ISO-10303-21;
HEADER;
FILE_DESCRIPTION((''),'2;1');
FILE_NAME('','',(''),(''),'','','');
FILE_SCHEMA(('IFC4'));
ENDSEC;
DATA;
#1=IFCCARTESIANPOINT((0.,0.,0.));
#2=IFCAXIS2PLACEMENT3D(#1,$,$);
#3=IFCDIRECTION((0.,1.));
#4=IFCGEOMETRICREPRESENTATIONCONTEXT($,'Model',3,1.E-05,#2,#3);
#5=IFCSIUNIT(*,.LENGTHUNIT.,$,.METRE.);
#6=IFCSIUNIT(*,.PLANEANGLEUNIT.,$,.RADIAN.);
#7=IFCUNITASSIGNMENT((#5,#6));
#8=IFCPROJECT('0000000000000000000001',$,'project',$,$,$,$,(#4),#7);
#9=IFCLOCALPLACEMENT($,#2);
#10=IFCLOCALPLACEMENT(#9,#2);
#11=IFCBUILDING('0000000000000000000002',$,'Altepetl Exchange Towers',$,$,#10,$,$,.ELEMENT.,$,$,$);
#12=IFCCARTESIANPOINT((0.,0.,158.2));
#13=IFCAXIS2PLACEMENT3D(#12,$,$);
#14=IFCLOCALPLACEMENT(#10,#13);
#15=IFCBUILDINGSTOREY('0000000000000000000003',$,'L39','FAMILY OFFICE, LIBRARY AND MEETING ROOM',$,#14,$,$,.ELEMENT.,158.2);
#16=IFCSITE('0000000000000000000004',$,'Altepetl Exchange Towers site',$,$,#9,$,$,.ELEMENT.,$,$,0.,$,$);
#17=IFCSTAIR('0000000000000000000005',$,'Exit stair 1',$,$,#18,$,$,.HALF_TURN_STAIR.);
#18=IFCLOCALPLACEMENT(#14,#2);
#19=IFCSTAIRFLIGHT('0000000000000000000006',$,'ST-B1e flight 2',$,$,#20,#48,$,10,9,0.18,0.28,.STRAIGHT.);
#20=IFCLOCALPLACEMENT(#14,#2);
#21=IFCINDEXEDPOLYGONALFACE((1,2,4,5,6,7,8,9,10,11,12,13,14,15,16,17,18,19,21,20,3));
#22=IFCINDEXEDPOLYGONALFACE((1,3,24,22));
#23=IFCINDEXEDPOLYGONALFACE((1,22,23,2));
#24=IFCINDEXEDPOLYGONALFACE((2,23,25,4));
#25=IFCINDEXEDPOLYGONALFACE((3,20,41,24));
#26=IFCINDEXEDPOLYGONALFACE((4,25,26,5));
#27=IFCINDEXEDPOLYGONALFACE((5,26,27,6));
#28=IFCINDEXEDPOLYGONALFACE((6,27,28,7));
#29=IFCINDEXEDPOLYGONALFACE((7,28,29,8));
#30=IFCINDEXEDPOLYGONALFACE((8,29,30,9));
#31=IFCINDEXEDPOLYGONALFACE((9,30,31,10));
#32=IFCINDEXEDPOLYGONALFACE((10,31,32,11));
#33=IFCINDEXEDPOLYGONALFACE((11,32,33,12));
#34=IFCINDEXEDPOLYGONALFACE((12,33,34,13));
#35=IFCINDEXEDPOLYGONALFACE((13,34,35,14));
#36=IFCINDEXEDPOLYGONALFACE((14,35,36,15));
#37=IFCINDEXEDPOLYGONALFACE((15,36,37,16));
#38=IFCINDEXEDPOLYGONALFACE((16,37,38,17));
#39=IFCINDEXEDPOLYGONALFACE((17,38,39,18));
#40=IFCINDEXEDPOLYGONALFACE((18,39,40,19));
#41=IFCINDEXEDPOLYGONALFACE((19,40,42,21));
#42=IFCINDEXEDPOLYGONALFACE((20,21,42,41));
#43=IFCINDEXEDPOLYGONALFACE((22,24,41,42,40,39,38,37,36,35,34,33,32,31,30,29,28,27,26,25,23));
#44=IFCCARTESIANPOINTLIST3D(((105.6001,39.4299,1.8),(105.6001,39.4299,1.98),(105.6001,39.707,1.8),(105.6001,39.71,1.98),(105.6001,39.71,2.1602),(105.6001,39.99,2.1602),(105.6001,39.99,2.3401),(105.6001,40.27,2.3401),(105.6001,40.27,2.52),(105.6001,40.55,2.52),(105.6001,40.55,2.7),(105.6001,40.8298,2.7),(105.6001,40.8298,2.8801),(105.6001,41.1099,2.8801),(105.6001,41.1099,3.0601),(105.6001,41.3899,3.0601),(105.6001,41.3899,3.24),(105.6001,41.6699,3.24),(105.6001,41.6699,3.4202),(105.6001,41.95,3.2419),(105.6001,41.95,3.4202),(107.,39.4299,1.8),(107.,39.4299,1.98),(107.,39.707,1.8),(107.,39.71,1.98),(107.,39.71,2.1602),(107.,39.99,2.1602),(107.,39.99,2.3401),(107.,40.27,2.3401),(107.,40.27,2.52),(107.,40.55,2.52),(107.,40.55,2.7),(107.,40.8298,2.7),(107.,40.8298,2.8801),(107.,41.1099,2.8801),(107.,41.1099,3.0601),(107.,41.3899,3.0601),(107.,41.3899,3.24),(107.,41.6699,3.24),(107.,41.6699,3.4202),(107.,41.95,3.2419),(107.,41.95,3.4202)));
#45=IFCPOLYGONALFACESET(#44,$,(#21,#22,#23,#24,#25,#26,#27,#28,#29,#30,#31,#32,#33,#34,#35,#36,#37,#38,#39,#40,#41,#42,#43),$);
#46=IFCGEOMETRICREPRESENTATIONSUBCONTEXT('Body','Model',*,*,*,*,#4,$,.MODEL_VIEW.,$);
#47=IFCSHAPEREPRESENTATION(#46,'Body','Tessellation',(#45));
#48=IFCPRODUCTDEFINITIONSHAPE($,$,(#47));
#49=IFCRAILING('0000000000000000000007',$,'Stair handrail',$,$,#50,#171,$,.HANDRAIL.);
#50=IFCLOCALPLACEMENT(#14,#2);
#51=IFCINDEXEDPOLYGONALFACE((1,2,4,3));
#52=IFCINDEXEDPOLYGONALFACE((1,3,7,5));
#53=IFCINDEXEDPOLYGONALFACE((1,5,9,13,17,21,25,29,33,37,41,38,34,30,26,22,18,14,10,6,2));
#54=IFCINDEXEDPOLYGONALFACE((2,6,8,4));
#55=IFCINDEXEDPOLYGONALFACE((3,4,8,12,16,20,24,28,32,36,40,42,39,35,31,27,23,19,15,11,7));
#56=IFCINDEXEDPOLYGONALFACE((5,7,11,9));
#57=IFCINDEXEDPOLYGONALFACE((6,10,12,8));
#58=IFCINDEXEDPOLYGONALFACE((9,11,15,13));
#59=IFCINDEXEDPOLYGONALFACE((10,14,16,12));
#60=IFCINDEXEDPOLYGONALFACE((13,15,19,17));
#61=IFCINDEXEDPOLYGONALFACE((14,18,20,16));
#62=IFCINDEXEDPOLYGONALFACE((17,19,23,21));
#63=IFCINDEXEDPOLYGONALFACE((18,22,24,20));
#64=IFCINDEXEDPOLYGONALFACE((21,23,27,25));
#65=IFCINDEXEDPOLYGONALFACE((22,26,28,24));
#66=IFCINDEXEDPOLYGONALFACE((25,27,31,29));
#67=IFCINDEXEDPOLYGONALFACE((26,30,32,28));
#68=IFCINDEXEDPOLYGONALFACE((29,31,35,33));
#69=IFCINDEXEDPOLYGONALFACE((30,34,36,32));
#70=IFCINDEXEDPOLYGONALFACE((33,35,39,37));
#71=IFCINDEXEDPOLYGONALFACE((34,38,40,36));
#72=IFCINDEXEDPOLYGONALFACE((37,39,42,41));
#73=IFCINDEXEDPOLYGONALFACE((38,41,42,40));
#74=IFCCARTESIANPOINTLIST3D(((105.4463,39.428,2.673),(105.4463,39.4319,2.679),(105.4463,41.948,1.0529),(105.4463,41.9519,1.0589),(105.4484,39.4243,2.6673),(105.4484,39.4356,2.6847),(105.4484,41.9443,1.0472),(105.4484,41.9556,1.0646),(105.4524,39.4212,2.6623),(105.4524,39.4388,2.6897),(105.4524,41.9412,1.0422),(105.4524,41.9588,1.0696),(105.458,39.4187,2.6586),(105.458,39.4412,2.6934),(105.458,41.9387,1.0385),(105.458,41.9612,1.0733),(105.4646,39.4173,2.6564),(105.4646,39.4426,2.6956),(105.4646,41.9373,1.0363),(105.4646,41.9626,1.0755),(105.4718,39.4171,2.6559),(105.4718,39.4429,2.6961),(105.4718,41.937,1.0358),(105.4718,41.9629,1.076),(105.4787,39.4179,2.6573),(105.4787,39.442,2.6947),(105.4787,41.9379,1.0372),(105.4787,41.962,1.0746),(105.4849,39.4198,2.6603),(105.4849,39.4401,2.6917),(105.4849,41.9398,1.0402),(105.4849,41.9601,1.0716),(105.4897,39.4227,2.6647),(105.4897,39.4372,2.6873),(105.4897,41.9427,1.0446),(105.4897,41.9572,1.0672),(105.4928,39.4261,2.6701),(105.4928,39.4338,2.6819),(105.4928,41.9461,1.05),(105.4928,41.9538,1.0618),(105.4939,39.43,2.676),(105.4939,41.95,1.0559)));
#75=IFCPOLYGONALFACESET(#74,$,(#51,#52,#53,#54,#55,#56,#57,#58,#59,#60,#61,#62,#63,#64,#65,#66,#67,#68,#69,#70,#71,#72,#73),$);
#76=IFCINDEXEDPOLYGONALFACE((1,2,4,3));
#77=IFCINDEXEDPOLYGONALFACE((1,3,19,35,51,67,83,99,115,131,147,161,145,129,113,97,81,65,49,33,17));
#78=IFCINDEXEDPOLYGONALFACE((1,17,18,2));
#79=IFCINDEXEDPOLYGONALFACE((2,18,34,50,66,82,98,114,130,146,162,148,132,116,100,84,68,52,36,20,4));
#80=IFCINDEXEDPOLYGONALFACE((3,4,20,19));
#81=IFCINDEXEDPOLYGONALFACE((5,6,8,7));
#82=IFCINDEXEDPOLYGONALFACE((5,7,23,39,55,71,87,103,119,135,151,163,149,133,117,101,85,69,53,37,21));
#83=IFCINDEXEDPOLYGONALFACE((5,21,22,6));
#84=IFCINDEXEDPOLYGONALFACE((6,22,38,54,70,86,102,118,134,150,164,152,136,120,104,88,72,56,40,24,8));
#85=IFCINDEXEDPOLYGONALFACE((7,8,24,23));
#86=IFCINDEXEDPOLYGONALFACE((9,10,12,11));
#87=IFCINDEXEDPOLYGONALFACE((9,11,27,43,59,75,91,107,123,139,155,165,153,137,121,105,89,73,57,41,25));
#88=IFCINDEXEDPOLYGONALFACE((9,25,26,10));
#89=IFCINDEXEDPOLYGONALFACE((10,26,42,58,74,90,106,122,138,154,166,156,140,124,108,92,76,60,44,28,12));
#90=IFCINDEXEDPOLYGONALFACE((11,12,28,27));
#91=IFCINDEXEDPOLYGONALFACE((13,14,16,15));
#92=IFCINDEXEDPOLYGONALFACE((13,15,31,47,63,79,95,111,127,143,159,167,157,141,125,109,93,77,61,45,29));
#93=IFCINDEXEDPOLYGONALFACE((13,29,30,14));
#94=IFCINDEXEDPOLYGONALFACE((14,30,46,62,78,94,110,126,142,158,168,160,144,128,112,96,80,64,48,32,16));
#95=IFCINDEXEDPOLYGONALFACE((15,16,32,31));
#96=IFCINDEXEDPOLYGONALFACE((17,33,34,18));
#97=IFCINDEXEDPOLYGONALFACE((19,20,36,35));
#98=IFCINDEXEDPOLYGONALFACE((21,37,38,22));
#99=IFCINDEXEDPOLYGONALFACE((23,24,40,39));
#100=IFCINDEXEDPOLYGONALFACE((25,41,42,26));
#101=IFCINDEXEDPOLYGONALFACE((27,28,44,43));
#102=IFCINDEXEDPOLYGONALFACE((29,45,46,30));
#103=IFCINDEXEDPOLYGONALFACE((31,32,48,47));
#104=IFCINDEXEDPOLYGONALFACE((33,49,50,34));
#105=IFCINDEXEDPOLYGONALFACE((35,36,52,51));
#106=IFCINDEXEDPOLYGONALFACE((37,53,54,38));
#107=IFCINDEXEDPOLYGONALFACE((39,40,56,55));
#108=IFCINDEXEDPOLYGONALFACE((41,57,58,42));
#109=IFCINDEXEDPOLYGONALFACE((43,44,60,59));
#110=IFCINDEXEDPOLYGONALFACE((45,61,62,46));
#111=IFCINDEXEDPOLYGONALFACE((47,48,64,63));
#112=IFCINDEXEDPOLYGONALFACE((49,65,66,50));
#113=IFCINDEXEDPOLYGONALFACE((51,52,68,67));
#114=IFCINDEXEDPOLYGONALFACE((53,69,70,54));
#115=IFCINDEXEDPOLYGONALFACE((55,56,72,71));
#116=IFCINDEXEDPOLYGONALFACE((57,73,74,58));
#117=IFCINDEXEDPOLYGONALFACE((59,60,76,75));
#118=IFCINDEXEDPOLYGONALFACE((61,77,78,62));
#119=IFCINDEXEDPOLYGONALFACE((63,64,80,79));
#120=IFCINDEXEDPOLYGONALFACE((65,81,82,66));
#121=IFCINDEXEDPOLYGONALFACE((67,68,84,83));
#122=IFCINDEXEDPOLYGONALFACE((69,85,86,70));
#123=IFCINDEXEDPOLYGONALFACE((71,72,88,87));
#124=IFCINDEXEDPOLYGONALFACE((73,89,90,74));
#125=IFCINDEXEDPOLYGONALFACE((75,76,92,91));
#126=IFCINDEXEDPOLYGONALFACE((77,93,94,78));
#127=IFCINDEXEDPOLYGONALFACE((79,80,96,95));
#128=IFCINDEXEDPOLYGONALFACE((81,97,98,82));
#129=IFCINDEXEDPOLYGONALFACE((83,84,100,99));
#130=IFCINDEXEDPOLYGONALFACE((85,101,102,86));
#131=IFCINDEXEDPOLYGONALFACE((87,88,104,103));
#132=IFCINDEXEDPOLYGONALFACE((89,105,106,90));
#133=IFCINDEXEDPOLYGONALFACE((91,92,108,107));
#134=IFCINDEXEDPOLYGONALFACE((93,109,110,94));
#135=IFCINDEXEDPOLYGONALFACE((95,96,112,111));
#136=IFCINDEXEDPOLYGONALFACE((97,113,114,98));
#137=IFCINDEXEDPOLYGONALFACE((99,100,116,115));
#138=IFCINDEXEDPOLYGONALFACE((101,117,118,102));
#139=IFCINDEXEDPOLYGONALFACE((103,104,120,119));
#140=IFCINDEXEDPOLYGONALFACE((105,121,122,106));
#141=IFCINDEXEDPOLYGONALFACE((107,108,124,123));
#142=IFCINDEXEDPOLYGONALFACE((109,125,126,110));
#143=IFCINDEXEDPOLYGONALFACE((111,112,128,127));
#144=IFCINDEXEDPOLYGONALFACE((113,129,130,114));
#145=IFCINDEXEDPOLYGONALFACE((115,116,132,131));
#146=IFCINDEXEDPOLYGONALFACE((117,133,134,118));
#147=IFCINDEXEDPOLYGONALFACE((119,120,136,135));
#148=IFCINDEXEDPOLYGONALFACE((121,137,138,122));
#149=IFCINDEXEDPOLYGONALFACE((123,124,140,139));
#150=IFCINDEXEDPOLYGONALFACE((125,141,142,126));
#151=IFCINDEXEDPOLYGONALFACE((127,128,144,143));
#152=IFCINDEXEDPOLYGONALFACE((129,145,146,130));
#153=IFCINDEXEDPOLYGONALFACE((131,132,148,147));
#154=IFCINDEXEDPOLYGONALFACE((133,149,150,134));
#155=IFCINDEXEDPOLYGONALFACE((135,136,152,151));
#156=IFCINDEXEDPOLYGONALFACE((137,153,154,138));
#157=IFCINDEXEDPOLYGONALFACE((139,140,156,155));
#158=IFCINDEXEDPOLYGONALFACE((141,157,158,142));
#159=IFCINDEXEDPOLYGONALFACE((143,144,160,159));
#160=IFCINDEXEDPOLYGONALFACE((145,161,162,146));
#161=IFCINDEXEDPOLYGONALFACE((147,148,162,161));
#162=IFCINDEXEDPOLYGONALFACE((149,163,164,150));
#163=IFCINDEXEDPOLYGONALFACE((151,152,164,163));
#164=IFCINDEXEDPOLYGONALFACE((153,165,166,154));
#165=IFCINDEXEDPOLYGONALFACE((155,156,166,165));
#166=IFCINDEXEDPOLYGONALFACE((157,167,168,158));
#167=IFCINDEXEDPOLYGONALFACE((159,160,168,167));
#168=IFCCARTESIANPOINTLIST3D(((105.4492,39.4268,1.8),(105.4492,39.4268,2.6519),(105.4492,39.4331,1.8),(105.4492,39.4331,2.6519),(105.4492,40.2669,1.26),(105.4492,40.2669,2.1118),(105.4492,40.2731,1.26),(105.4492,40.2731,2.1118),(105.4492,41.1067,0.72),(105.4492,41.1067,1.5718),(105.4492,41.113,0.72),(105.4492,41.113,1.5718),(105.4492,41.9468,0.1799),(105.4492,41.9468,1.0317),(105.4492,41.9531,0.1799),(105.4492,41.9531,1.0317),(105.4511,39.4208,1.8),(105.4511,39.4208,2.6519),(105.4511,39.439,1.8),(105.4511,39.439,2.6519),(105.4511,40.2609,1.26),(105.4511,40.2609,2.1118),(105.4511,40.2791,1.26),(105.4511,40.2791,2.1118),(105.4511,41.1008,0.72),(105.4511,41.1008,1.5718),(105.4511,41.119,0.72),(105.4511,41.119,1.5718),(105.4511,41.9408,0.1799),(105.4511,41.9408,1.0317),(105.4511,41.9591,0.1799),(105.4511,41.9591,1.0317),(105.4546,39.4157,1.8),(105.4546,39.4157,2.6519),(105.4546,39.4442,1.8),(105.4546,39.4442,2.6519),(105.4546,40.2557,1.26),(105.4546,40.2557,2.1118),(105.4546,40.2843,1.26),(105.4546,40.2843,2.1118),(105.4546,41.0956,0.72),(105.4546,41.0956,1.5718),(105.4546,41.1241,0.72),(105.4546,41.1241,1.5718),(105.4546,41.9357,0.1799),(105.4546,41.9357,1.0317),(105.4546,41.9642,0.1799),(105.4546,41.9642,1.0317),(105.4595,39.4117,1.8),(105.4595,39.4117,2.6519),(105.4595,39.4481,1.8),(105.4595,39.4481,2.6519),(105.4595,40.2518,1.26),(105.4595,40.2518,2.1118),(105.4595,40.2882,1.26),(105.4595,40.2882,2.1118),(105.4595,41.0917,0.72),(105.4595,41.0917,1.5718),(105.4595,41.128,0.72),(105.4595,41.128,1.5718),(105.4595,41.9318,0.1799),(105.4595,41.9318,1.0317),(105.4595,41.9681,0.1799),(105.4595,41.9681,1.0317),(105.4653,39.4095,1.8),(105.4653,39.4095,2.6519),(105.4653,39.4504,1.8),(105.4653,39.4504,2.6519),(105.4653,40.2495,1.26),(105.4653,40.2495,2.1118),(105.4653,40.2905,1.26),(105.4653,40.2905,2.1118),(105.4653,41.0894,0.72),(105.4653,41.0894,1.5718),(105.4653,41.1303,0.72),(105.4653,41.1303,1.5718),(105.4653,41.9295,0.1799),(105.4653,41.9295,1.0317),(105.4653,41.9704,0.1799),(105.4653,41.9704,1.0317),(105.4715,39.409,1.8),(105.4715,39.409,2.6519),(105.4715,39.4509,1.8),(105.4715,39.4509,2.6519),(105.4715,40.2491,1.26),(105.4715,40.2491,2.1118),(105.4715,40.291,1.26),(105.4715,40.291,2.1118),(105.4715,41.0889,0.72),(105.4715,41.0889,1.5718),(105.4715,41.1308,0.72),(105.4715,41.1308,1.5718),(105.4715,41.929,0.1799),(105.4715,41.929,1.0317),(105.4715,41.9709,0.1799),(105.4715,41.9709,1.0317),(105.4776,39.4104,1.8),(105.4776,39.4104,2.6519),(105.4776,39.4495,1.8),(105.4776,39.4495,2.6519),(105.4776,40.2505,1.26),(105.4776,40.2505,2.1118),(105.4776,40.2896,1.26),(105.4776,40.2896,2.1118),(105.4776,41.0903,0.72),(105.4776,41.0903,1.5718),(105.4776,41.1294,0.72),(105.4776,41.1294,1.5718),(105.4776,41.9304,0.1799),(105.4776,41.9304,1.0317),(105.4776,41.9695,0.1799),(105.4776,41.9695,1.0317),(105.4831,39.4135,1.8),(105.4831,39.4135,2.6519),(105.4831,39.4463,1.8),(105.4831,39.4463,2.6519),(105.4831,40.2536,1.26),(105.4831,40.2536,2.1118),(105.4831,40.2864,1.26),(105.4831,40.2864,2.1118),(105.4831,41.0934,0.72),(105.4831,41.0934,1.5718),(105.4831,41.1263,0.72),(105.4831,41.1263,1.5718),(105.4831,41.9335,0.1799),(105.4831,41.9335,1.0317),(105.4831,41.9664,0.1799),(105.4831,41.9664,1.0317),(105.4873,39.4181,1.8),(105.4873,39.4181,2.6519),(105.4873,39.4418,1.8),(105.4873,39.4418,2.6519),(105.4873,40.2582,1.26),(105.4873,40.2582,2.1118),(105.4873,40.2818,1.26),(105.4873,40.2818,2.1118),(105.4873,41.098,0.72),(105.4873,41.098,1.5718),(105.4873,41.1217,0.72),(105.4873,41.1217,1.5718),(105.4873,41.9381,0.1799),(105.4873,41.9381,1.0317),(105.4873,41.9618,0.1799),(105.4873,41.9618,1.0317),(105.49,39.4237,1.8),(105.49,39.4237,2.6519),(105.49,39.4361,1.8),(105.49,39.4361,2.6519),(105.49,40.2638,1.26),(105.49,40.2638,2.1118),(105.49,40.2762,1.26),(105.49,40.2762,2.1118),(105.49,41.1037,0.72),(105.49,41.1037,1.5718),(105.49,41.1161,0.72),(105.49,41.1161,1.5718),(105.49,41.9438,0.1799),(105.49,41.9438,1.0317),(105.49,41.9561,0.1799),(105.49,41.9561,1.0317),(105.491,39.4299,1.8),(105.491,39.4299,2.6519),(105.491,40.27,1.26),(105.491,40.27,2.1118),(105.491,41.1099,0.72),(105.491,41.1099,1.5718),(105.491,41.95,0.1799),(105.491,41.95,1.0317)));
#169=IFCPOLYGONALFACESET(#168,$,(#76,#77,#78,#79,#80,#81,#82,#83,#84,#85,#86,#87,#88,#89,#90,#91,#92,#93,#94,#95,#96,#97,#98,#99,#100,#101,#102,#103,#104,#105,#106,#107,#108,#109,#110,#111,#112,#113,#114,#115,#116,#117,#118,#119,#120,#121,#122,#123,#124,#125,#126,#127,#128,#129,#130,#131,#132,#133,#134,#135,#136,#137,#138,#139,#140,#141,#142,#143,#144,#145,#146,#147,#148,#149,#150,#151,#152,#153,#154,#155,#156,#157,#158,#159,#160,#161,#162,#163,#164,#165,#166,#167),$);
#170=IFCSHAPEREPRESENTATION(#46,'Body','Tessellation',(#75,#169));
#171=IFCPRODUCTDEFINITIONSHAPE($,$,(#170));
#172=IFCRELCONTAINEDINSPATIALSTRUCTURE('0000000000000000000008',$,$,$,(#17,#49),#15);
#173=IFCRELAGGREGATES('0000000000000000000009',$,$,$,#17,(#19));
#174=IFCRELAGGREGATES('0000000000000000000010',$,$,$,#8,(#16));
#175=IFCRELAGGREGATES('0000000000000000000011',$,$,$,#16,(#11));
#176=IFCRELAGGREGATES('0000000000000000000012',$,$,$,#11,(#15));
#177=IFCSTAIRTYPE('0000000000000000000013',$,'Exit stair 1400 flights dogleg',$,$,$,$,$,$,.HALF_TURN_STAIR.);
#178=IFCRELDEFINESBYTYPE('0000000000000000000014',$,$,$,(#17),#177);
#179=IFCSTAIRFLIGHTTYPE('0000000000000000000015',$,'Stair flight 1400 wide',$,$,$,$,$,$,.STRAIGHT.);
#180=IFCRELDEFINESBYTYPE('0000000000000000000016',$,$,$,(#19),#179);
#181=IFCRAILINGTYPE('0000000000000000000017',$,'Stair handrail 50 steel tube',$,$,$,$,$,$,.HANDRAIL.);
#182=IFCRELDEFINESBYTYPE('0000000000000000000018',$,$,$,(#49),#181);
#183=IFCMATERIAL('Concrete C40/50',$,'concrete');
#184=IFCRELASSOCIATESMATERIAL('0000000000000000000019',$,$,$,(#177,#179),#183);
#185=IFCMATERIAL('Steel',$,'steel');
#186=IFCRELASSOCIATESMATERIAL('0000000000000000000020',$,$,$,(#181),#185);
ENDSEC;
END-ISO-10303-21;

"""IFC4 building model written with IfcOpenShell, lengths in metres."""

from ifc_helpers import new_model, si_unit, direction, frame, origin, origin_2d, place, context, subcontext, project, spatial, polyline, circle, outline, extrude, source, transform, mapped, material, type_object, element, aggregate, save


model = new_model("IFC4")

# Units and contexts
model_context = context("Model", 3, precision=1e-05, world=origin(), true_north=direction((0.0, 1.0)))
body_context = subcontext(model_context, "Body", "Model", "MODEL_VIEW")
ifc_project = project(units=[si_unit("LENGTHUNIT", "METRE"), si_unit("PLANEANGLEUNIT", "RADIAN")], contexts=[model_context])

# Site, building, storey
site_placement = place(None, origin())
site = spatial("IfcSite", under=ifc_project, at=site_placement, Name="Altepetl Exchange Towers site", CompositionType="ELEMENT", RefElevation=0.0)
building_placement = place(site_placement, origin())
building = spatial("IfcBuilding", under=site, at=building_placement, Name="Altepetl Exchange Towers", CompositionType="ELEMENT")
storey_placement = place(building_placement, frame((0.0, 0.0, 158.2)))
storey = spatial("IfcBuildingStorey", under=building, at=storey_placement, Name="L39", Description="FAMILY OFFICE, LIBRARY AND MEETING ROOM", CompositionType="ELEMENT", Elevation=158.2)

# Shared definitions
ifc_material_1 = material(Name="Concrete C40/50", Category="concrete")

# Stair, stair flight
stair_type = type_object("IfcStairType", Name="Exit stair 1400 flights dogleg", PredefinedType="HALF_TURN_STAIR", material=ifc_material_1)
stair_placement = place(storey_placement, origin())
stair = element("IfcStair", 1, at=stair_placement, inside=storey, type_object=stair_type, Name="Exit stair 1", PredefinedType="HALF_TURN_STAIR")
stair_flight_type = type_object("IfcStairFlightType", Name="Stair flight 1400 wide", PredefinedType="STRAIGHT", material=ifc_material_1)
stair_flight_1_placement = place(storey_placement, frame((106.3, 39.4299, 1.8), z_axis=(0.0, 0.0, 1.0), x_axis=(0.0, 1.0, 0.0)))
stair_flight_1 = element("IfcStairFlight", 2, at=stair_flight_1_placement, type_object=stair_flight_type, Name="ST-B1e flight 2", NumberOfRisers=10, NumberOfTreads=9, PredefinedType="STRAIGHT", RiserHeight=0.18, TreadLength=0.28, context=body_context, shape_type="SweptSolid", body=[
    extrude(outline(polyline([(0.0, 0.0), (0.0, 0.1799), (0.28, 0.1799), (0.28, 0.3601), (0.5601, 0.3601), (0.5601, 0.54), (0.8401, 0.54), (0.8401, 0.72), (1.1201, 0.72), (1.1201, 0.8999), (1.3999, 0.8999), (1.3999, 1.0801), (1.6799, 1.0801), (1.6799, 1.26), (1.96, 1.26), (1.96, 1.4399), (2.24, 1.4399), (2.24, 1.6201), (2.52, 1.6201), (2.52, 1.8), (2.52, 1.4419), (0.2771, 0.0), (0.0, 0.0)])), frame((0.0, 0.7, 0.0), z_axis=(0.0, -1.0, 0.0), x_axis=(1.0, 0.0, 0.0)), (0.0, 0.0, 1.0), 1.3999),
])
aggregate(stair, [stair_flight_1])

# Railing
ifc_material_2 = material(Name="Steel", Category="steel")
railing_type = type_object("IfcRailingType", Name="Stair handrail 50 steel tube", PredefinedType="HANDRAIL", material=ifc_material_2)
shared_shape = source(origin(), body_context, "Body", "SweptSolid", [
    extrude(circle(Radius=0.021, at=origin_2d()), origin(), (0.0, 0.0, 1.0), 0.8518),
])
railing_1_placement = place(storey_placement, frame((105.47, 41.95, 0.1799)))
element("IfcRailing", 3, at=railing_1_placement, inside=storey, type_object=railing_type, Name="Stair handrail", PredefinedType="HANDRAIL", context=body_context, shape_type="SweptSolid", body=[
    extrude(circle(Radius=0.0239, at=origin_2d()), frame((0.0, 0.0, 0.876), z_axis=(0.0, -0.841163, 0.540782), x_axis=(1.0, 0.0, 0.0)), (0.0, 0.0, 1.0), 2.9958),
    mapped(shared_shape, transform((0.0, 0.0, 0.0))),
    mapped(shared_shape, transform((0.0, -0.8401, 0.54))),
    mapped(shared_shape, transform((0.0, -1.6799, 1.0801))),
    mapped(shared_shape, transform((0.0, -2.52, 1.6201))),
])

save(model, "model.ifc")
